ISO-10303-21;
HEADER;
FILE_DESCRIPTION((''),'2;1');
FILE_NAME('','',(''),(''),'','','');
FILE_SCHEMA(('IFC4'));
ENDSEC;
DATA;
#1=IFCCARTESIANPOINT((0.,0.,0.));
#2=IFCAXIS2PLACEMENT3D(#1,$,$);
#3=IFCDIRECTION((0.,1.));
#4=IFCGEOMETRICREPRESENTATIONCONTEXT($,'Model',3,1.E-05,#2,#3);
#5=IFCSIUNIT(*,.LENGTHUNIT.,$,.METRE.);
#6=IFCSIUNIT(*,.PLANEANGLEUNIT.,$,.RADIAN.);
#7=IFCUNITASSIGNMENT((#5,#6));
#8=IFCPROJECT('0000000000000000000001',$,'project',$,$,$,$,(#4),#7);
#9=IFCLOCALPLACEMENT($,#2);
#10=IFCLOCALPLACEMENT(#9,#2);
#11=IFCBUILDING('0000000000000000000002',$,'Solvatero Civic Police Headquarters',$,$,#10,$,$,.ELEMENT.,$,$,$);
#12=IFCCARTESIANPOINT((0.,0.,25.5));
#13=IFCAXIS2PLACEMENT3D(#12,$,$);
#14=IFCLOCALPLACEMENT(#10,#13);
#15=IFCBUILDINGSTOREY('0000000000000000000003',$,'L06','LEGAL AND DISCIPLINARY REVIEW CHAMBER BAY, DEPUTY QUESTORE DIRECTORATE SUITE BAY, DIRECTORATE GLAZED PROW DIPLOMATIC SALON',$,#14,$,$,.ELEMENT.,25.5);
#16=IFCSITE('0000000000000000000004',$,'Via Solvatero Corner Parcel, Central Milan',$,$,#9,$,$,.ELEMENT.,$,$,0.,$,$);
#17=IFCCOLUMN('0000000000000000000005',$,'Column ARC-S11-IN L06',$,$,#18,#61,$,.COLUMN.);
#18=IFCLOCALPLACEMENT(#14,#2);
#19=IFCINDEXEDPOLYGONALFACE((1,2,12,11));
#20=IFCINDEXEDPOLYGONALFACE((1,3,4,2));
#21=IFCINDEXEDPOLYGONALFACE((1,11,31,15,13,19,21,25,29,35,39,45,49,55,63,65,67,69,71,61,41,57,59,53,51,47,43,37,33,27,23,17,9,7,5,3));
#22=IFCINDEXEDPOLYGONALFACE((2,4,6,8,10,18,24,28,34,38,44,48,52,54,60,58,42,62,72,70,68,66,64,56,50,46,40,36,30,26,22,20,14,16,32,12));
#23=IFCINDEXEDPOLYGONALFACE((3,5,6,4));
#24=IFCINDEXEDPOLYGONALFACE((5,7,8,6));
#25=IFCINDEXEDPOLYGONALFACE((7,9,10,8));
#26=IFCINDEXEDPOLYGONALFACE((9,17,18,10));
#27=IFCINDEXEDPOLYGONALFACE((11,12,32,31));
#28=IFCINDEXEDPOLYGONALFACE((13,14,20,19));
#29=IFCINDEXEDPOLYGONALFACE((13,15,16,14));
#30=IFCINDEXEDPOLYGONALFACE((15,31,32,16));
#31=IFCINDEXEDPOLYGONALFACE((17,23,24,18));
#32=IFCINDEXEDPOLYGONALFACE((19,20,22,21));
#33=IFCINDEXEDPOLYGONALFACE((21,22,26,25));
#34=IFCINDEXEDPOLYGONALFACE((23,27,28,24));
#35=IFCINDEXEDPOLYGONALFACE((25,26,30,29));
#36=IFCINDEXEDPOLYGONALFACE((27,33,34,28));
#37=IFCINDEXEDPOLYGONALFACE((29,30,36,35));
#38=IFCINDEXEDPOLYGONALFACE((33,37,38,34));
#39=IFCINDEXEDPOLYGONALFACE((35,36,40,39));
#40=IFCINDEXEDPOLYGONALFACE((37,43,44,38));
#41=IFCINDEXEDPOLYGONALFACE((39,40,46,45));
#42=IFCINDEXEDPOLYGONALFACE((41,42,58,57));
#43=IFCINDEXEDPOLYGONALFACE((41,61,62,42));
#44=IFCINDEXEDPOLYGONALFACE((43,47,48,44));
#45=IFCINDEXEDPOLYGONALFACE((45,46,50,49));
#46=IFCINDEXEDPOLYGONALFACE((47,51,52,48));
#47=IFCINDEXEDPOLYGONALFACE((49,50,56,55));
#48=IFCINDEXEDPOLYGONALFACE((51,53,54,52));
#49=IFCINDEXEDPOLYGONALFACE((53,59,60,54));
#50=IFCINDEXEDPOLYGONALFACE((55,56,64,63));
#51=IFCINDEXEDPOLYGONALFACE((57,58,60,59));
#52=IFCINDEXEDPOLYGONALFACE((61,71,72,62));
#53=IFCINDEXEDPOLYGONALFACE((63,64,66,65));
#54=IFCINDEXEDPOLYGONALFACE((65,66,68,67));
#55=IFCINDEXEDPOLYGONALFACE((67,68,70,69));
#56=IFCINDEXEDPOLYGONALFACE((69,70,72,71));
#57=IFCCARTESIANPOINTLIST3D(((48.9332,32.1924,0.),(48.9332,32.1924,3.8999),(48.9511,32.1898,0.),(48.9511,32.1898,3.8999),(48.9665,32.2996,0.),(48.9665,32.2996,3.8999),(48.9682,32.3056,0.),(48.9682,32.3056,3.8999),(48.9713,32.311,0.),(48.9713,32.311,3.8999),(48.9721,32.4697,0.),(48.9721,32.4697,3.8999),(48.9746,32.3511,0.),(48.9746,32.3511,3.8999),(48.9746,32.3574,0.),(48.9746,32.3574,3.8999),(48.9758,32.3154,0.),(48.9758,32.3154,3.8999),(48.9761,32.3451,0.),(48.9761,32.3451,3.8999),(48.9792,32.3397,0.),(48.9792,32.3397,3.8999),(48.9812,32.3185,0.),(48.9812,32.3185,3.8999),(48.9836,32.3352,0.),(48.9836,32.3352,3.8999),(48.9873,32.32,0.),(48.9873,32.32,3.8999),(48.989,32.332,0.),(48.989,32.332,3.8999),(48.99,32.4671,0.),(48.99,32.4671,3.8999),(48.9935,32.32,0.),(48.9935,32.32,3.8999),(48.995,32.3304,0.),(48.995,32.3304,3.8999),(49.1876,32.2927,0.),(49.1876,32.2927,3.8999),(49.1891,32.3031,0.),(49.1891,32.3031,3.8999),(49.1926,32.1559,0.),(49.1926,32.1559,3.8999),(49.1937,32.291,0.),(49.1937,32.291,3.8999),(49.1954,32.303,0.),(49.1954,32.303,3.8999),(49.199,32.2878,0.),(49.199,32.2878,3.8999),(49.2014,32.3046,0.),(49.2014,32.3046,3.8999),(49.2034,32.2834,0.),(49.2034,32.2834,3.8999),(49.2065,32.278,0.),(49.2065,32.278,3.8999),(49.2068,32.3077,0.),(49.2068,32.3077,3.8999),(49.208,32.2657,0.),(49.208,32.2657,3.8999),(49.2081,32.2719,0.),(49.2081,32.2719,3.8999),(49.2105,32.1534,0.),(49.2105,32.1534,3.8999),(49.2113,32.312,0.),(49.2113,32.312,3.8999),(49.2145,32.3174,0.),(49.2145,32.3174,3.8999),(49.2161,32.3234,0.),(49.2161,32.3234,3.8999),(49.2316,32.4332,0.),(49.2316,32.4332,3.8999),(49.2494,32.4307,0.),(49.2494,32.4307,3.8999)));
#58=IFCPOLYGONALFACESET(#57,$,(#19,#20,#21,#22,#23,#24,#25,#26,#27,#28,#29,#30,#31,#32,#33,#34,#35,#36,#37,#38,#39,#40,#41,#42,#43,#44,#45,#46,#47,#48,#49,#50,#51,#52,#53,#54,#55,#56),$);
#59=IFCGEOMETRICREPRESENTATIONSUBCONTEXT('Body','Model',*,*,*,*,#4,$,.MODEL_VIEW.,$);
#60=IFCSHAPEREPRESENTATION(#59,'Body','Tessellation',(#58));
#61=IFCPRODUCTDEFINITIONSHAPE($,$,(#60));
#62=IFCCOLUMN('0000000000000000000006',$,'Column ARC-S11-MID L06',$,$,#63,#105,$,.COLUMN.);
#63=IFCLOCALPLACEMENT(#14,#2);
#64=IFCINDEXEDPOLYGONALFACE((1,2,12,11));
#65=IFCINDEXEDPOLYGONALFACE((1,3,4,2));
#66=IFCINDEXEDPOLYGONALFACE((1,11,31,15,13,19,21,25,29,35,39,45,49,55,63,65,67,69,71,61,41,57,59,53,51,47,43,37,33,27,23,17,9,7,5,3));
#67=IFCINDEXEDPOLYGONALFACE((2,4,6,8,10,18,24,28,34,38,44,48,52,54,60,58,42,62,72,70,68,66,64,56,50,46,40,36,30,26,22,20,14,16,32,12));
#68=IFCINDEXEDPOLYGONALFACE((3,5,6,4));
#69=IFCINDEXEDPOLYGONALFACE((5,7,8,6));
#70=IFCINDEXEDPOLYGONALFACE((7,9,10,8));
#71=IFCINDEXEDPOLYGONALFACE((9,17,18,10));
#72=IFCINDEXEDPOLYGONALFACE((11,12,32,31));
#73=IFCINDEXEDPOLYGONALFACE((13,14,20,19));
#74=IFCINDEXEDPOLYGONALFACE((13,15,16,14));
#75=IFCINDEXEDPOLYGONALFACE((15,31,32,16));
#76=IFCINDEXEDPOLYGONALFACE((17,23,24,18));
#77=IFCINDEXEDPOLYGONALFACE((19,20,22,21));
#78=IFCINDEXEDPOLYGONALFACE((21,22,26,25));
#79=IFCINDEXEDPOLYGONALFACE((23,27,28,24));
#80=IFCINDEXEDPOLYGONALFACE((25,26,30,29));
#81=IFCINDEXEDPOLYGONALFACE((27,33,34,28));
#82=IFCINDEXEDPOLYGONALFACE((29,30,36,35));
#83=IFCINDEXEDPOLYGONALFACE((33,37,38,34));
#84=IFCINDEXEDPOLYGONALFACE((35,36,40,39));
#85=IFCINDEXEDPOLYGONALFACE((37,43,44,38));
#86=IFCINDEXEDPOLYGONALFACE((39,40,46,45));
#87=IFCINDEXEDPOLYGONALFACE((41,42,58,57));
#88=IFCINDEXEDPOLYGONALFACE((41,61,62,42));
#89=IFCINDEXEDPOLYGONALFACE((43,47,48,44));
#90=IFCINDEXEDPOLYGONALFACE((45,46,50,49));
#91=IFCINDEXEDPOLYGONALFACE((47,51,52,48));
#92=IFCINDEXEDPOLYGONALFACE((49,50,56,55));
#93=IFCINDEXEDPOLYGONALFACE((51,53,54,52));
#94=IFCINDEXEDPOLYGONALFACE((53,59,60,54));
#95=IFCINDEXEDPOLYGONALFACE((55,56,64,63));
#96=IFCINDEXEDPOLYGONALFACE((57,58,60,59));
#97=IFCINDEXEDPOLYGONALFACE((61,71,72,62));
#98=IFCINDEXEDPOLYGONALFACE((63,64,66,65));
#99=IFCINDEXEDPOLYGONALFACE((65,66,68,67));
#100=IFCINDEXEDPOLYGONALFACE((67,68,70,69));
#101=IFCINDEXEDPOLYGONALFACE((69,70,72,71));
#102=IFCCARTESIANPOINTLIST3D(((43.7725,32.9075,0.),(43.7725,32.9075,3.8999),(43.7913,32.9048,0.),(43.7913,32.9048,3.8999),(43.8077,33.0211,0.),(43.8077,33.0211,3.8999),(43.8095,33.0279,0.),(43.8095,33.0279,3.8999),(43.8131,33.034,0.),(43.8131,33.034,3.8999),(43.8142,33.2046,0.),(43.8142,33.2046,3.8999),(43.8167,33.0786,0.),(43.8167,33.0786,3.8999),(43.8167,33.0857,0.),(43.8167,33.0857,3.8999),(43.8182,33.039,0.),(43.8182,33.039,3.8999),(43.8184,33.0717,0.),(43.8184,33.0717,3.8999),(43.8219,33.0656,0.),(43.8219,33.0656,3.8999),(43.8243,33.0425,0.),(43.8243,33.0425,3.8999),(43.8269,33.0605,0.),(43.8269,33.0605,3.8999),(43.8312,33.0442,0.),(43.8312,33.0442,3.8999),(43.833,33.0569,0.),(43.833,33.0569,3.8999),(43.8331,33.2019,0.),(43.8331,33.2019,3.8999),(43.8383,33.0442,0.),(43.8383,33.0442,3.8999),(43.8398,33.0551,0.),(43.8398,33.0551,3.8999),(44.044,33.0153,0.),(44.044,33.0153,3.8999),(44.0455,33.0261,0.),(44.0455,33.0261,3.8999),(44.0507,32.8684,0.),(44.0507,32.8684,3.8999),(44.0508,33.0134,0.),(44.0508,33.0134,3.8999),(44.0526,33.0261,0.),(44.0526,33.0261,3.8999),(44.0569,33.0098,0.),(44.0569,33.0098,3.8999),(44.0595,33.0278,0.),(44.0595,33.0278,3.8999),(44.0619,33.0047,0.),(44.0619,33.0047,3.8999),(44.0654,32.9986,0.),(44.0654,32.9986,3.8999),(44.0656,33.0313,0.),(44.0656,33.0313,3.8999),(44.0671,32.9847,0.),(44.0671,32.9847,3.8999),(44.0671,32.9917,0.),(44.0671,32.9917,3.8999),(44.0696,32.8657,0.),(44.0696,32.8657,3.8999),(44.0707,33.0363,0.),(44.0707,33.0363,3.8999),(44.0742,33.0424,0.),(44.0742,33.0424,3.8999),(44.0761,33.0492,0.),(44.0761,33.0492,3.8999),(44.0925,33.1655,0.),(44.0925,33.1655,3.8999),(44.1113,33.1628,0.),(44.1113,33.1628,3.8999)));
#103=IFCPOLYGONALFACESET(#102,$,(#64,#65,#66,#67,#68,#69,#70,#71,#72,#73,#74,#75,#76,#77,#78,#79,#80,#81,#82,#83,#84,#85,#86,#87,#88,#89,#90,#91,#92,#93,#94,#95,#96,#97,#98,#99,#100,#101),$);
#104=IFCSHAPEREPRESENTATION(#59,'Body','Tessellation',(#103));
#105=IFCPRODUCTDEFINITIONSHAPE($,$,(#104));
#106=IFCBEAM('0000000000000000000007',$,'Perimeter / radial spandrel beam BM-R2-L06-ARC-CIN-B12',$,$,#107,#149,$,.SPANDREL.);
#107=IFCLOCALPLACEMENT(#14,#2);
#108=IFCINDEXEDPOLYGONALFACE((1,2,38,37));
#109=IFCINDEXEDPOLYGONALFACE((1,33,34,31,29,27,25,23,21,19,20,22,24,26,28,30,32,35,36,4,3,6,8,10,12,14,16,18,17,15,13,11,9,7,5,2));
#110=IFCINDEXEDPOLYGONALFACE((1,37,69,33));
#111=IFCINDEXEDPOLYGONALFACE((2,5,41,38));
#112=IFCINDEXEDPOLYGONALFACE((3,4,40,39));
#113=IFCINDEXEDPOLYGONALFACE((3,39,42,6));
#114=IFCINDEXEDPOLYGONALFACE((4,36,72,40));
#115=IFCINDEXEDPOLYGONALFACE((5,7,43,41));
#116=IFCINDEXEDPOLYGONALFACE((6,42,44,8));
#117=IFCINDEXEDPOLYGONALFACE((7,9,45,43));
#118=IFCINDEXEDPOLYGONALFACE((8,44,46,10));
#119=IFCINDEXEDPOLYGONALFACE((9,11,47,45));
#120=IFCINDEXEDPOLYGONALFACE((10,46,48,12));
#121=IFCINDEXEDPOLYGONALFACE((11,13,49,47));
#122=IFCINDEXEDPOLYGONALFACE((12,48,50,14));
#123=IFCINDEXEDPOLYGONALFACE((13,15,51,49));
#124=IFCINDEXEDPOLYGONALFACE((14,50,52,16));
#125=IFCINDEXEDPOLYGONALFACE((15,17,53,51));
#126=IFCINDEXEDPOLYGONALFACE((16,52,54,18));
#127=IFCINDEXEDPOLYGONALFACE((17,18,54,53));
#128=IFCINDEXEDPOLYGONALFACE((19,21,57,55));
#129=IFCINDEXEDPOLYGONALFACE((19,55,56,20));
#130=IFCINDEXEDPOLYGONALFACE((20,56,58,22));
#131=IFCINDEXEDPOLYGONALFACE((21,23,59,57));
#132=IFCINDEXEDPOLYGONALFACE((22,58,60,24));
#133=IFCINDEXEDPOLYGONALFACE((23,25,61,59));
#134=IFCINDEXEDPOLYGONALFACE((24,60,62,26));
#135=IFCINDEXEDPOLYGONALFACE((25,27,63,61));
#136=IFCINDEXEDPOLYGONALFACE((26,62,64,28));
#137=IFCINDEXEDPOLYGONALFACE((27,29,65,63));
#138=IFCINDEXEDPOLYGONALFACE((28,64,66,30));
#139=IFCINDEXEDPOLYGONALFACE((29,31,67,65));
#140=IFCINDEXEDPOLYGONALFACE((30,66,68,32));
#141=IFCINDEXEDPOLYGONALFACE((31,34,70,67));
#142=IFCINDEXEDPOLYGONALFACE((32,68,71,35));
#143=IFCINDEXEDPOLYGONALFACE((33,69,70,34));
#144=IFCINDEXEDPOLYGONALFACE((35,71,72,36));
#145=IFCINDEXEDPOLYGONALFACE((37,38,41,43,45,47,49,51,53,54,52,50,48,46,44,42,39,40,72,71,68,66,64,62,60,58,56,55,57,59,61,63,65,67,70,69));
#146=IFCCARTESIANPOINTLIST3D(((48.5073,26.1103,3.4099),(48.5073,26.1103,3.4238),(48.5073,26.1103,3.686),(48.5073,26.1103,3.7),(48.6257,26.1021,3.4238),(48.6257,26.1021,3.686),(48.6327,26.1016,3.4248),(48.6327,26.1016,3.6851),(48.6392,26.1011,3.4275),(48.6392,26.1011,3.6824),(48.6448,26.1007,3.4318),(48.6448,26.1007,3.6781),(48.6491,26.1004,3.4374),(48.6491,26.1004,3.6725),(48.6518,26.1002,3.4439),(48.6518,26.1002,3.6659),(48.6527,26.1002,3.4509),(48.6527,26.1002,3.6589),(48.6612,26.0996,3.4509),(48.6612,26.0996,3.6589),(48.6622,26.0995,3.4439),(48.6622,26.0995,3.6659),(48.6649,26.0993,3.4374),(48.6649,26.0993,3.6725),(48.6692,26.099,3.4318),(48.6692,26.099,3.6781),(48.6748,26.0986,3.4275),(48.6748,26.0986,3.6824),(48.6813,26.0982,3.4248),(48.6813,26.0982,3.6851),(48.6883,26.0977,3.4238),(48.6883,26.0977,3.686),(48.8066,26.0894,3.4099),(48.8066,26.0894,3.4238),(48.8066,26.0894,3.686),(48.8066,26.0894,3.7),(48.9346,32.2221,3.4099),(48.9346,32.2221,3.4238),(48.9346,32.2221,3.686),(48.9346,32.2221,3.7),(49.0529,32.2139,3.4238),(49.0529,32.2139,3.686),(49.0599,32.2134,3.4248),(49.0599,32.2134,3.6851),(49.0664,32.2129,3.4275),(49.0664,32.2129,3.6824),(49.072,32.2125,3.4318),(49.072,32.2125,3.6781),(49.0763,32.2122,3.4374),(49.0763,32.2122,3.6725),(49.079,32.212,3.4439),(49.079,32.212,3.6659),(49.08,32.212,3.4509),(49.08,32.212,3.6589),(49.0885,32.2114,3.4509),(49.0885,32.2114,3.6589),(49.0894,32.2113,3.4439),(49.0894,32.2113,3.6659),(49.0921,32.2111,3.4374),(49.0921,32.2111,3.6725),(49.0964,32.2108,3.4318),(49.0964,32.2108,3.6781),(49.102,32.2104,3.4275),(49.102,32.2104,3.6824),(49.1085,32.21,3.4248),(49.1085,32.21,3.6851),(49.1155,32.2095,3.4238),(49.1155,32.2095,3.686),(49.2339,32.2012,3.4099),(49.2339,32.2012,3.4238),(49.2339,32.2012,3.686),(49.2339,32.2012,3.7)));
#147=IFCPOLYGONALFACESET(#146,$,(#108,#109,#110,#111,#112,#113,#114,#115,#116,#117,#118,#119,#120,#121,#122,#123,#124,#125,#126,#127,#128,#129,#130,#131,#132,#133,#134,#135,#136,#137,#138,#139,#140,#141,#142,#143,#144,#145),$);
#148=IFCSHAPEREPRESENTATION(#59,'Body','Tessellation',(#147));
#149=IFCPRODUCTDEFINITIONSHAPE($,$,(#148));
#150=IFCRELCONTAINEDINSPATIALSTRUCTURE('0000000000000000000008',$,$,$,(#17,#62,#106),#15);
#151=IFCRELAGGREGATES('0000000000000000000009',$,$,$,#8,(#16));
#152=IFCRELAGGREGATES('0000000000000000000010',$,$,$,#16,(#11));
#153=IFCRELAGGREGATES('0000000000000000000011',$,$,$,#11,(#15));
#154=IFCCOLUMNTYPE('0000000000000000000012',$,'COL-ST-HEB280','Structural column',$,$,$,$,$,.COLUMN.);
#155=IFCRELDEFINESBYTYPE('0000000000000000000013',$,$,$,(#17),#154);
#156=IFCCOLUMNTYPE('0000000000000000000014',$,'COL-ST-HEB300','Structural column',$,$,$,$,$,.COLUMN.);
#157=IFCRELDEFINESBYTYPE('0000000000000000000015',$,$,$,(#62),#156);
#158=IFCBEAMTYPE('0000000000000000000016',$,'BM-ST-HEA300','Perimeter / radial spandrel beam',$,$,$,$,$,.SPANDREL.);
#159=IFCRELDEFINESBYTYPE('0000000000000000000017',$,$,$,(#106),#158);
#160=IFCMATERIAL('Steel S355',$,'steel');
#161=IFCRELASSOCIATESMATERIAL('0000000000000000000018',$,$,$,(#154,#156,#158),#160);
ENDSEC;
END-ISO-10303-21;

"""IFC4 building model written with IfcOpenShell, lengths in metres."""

from ifc_helpers import new_model, si_unit, direction, frame, origin, origin_2d, place, context, subcontext, project, spatial, i_section, extrude, material, material_profile, profile_set, type_object, element, save


model = new_model("IFC4")

# Units and contexts
model_context = context("Model", 3, precision=1e-05, world=origin(), true_north=direction((0.0, 1.0)))
body_context = subcontext(model_context, "Body", "Model", "MODEL_VIEW")
ifc_project = project(units=[si_unit("LENGTHUNIT", "METRE"), si_unit("PLANEANGLEUNIT", "RADIAN")], contexts=[model_context])

# Site, building, storey
site_placement = place(None, origin())
site = spatial("IfcSite", under=ifc_project, at=site_placement, Name="Via Solvatero Corner Parcel, Central Milan", CompositionType="ELEMENT", RefElevation=0.0)
building_placement = place(site_placement, origin())
building = spatial("IfcBuilding", under=site, at=building_placement, Name="Solvatero Civic Police Headquarters", CompositionType="ELEMENT")
storey_placement = place(building_placement, frame((0.0, 0.0, 25.5)))
storey = spatial("IfcBuildingStorey", under=building, at=storey_placement, Name="L06", Description="LEGAL AND DISCIPLINARY REVIEW CHAMBER BAY, DEPUTY QUESTORE DIRECTORATE SUITE BAY, DIRECTORATE GLAZED PROW DIPLOMATIC SALON", CompositionType="ELEMENT", Elevation=25.5)

# Columns
ifc_material_1 = material(Name="Steel S355", Category="steel")
ifc_material_profile_1 = material_profile(ifc_material_1, i_section(OverallWidth=0.28, OverallDepth=0.28, WebThickness=0.0105, FlangeThickness=0.0181, FilletRadius=0.0239, at=origin_2d()), Name="HEB 280")
ifc_profile_set_1 = profile_set([ifc_material_profile_1], Name="Steel S355")
column_type_1 = type_object("IfcColumnType", Name="COL-ST-HEB280", Description="Structural column", PredefinedType="COLUMN", material=ifc_profile_set_1)
column_1_placement = place(storey_placement, frame((49.0913, 32.3115, 0.0), z_axis=(0.0, 0.0, 1.0), x_axis=(0.139173, 0.990268, 0.0)))
element("IfcColumn", 1, at=column_1_placement, inside=storey, type_object=column_type_1, Name="Column ARC-S11-IN L06", PredefinedType="COLUMN", context=body_context, shape_type="SweptSolid", body=[
    extrude(i_section(OverallWidth=0.28, OverallDepth=0.28, WebThickness=0.0105, FlangeThickness=0.0181, FilletRadius=0.0239, at=origin_2d()), origin(), (0.0, 0.0, 1.0), 3.8999),
])
ifc_material_profile_2 = material_profile(ifc_material_1, i_section(OverallWidth=0.3, OverallDepth=0.3, WebThickness=0.011, FlangeThickness=0.019, FilletRadius=0.0271, at=origin_2d()), Name="HEB 300")
ifc_profile_set_2 = profile_set([ifc_material_profile_2], Name="Steel S355")
column_type_2 = type_object("IfcColumnType", Name="COL-ST-HEB300", Description="Structural column", PredefinedType="COLUMN", material=ifc_profile_set_2)
column_2_placement = place(storey_placement, frame((43.9419, 33.0352, 0.0), z_axis=(0.0, 0.0, 1.0), x_axis=(0.139173, 0.990268, 0.0)))
element("IfcColumn", 2, at=column_2_placement, inside=storey, type_object=column_type_2, Name="Column ARC-S11-MID L06", PredefinedType="COLUMN", context=body_context, shape_type="SweptSolid", body=[
    extrude(i_section(OverallWidth=0.3, OverallDepth=0.3, WebThickness=0.011, FlangeThickness=0.019, FilletRadius=0.0271, at=origin_2d()), origin(), (0.0, 0.0, 1.0), 3.8999),
])

# Beam
ifc_material_profile_3 = material_profile(ifc_material_1, i_section(OverallWidth=0.3, OverallDepth=0.29, WebThickness=0.0085, FlangeThickness=0.0139, FilletRadius=0.0271, at=origin_2d()), Name="HEA 300")
ifc_profile_set_3 = profile_set([ifc_material_profile_3], Name="Steel S355")
beam_type_1 = type_object("IfcBeamType", Name="BM-ST-HEA300", Description="Perimeter / radial spandrel beam", PredefinedType="SPANDREL", material=ifc_profile_set_3)
beam_1_placement = place(storey_placement, frame((49.0842, 32.2117, 3.5549), z_axis=(-0.069735, -0.997566, 0.0), x_axis=(0.997566, -0.069735, 0.0)))
element("IfcBeam", 3, at=beam_1_placement, inside=storey, type_object=beam_type_1, Name="Perimeter / radial spandrel beam BM-R2-L06-ARC-CIN-B12", PredefinedType="SPANDREL", context=body_context, shape_type="SweptSolid", body=[
    extrude(i_section(OverallWidth=0.3, OverallDepth=0.29, WebThickness=0.0085, FlangeThickness=0.0139, FilletRadius=0.0271, at=origin_2d()), origin(), (0.0, 0.0, 1.0), 6.1267),
])

save(model, "model.ifc")
